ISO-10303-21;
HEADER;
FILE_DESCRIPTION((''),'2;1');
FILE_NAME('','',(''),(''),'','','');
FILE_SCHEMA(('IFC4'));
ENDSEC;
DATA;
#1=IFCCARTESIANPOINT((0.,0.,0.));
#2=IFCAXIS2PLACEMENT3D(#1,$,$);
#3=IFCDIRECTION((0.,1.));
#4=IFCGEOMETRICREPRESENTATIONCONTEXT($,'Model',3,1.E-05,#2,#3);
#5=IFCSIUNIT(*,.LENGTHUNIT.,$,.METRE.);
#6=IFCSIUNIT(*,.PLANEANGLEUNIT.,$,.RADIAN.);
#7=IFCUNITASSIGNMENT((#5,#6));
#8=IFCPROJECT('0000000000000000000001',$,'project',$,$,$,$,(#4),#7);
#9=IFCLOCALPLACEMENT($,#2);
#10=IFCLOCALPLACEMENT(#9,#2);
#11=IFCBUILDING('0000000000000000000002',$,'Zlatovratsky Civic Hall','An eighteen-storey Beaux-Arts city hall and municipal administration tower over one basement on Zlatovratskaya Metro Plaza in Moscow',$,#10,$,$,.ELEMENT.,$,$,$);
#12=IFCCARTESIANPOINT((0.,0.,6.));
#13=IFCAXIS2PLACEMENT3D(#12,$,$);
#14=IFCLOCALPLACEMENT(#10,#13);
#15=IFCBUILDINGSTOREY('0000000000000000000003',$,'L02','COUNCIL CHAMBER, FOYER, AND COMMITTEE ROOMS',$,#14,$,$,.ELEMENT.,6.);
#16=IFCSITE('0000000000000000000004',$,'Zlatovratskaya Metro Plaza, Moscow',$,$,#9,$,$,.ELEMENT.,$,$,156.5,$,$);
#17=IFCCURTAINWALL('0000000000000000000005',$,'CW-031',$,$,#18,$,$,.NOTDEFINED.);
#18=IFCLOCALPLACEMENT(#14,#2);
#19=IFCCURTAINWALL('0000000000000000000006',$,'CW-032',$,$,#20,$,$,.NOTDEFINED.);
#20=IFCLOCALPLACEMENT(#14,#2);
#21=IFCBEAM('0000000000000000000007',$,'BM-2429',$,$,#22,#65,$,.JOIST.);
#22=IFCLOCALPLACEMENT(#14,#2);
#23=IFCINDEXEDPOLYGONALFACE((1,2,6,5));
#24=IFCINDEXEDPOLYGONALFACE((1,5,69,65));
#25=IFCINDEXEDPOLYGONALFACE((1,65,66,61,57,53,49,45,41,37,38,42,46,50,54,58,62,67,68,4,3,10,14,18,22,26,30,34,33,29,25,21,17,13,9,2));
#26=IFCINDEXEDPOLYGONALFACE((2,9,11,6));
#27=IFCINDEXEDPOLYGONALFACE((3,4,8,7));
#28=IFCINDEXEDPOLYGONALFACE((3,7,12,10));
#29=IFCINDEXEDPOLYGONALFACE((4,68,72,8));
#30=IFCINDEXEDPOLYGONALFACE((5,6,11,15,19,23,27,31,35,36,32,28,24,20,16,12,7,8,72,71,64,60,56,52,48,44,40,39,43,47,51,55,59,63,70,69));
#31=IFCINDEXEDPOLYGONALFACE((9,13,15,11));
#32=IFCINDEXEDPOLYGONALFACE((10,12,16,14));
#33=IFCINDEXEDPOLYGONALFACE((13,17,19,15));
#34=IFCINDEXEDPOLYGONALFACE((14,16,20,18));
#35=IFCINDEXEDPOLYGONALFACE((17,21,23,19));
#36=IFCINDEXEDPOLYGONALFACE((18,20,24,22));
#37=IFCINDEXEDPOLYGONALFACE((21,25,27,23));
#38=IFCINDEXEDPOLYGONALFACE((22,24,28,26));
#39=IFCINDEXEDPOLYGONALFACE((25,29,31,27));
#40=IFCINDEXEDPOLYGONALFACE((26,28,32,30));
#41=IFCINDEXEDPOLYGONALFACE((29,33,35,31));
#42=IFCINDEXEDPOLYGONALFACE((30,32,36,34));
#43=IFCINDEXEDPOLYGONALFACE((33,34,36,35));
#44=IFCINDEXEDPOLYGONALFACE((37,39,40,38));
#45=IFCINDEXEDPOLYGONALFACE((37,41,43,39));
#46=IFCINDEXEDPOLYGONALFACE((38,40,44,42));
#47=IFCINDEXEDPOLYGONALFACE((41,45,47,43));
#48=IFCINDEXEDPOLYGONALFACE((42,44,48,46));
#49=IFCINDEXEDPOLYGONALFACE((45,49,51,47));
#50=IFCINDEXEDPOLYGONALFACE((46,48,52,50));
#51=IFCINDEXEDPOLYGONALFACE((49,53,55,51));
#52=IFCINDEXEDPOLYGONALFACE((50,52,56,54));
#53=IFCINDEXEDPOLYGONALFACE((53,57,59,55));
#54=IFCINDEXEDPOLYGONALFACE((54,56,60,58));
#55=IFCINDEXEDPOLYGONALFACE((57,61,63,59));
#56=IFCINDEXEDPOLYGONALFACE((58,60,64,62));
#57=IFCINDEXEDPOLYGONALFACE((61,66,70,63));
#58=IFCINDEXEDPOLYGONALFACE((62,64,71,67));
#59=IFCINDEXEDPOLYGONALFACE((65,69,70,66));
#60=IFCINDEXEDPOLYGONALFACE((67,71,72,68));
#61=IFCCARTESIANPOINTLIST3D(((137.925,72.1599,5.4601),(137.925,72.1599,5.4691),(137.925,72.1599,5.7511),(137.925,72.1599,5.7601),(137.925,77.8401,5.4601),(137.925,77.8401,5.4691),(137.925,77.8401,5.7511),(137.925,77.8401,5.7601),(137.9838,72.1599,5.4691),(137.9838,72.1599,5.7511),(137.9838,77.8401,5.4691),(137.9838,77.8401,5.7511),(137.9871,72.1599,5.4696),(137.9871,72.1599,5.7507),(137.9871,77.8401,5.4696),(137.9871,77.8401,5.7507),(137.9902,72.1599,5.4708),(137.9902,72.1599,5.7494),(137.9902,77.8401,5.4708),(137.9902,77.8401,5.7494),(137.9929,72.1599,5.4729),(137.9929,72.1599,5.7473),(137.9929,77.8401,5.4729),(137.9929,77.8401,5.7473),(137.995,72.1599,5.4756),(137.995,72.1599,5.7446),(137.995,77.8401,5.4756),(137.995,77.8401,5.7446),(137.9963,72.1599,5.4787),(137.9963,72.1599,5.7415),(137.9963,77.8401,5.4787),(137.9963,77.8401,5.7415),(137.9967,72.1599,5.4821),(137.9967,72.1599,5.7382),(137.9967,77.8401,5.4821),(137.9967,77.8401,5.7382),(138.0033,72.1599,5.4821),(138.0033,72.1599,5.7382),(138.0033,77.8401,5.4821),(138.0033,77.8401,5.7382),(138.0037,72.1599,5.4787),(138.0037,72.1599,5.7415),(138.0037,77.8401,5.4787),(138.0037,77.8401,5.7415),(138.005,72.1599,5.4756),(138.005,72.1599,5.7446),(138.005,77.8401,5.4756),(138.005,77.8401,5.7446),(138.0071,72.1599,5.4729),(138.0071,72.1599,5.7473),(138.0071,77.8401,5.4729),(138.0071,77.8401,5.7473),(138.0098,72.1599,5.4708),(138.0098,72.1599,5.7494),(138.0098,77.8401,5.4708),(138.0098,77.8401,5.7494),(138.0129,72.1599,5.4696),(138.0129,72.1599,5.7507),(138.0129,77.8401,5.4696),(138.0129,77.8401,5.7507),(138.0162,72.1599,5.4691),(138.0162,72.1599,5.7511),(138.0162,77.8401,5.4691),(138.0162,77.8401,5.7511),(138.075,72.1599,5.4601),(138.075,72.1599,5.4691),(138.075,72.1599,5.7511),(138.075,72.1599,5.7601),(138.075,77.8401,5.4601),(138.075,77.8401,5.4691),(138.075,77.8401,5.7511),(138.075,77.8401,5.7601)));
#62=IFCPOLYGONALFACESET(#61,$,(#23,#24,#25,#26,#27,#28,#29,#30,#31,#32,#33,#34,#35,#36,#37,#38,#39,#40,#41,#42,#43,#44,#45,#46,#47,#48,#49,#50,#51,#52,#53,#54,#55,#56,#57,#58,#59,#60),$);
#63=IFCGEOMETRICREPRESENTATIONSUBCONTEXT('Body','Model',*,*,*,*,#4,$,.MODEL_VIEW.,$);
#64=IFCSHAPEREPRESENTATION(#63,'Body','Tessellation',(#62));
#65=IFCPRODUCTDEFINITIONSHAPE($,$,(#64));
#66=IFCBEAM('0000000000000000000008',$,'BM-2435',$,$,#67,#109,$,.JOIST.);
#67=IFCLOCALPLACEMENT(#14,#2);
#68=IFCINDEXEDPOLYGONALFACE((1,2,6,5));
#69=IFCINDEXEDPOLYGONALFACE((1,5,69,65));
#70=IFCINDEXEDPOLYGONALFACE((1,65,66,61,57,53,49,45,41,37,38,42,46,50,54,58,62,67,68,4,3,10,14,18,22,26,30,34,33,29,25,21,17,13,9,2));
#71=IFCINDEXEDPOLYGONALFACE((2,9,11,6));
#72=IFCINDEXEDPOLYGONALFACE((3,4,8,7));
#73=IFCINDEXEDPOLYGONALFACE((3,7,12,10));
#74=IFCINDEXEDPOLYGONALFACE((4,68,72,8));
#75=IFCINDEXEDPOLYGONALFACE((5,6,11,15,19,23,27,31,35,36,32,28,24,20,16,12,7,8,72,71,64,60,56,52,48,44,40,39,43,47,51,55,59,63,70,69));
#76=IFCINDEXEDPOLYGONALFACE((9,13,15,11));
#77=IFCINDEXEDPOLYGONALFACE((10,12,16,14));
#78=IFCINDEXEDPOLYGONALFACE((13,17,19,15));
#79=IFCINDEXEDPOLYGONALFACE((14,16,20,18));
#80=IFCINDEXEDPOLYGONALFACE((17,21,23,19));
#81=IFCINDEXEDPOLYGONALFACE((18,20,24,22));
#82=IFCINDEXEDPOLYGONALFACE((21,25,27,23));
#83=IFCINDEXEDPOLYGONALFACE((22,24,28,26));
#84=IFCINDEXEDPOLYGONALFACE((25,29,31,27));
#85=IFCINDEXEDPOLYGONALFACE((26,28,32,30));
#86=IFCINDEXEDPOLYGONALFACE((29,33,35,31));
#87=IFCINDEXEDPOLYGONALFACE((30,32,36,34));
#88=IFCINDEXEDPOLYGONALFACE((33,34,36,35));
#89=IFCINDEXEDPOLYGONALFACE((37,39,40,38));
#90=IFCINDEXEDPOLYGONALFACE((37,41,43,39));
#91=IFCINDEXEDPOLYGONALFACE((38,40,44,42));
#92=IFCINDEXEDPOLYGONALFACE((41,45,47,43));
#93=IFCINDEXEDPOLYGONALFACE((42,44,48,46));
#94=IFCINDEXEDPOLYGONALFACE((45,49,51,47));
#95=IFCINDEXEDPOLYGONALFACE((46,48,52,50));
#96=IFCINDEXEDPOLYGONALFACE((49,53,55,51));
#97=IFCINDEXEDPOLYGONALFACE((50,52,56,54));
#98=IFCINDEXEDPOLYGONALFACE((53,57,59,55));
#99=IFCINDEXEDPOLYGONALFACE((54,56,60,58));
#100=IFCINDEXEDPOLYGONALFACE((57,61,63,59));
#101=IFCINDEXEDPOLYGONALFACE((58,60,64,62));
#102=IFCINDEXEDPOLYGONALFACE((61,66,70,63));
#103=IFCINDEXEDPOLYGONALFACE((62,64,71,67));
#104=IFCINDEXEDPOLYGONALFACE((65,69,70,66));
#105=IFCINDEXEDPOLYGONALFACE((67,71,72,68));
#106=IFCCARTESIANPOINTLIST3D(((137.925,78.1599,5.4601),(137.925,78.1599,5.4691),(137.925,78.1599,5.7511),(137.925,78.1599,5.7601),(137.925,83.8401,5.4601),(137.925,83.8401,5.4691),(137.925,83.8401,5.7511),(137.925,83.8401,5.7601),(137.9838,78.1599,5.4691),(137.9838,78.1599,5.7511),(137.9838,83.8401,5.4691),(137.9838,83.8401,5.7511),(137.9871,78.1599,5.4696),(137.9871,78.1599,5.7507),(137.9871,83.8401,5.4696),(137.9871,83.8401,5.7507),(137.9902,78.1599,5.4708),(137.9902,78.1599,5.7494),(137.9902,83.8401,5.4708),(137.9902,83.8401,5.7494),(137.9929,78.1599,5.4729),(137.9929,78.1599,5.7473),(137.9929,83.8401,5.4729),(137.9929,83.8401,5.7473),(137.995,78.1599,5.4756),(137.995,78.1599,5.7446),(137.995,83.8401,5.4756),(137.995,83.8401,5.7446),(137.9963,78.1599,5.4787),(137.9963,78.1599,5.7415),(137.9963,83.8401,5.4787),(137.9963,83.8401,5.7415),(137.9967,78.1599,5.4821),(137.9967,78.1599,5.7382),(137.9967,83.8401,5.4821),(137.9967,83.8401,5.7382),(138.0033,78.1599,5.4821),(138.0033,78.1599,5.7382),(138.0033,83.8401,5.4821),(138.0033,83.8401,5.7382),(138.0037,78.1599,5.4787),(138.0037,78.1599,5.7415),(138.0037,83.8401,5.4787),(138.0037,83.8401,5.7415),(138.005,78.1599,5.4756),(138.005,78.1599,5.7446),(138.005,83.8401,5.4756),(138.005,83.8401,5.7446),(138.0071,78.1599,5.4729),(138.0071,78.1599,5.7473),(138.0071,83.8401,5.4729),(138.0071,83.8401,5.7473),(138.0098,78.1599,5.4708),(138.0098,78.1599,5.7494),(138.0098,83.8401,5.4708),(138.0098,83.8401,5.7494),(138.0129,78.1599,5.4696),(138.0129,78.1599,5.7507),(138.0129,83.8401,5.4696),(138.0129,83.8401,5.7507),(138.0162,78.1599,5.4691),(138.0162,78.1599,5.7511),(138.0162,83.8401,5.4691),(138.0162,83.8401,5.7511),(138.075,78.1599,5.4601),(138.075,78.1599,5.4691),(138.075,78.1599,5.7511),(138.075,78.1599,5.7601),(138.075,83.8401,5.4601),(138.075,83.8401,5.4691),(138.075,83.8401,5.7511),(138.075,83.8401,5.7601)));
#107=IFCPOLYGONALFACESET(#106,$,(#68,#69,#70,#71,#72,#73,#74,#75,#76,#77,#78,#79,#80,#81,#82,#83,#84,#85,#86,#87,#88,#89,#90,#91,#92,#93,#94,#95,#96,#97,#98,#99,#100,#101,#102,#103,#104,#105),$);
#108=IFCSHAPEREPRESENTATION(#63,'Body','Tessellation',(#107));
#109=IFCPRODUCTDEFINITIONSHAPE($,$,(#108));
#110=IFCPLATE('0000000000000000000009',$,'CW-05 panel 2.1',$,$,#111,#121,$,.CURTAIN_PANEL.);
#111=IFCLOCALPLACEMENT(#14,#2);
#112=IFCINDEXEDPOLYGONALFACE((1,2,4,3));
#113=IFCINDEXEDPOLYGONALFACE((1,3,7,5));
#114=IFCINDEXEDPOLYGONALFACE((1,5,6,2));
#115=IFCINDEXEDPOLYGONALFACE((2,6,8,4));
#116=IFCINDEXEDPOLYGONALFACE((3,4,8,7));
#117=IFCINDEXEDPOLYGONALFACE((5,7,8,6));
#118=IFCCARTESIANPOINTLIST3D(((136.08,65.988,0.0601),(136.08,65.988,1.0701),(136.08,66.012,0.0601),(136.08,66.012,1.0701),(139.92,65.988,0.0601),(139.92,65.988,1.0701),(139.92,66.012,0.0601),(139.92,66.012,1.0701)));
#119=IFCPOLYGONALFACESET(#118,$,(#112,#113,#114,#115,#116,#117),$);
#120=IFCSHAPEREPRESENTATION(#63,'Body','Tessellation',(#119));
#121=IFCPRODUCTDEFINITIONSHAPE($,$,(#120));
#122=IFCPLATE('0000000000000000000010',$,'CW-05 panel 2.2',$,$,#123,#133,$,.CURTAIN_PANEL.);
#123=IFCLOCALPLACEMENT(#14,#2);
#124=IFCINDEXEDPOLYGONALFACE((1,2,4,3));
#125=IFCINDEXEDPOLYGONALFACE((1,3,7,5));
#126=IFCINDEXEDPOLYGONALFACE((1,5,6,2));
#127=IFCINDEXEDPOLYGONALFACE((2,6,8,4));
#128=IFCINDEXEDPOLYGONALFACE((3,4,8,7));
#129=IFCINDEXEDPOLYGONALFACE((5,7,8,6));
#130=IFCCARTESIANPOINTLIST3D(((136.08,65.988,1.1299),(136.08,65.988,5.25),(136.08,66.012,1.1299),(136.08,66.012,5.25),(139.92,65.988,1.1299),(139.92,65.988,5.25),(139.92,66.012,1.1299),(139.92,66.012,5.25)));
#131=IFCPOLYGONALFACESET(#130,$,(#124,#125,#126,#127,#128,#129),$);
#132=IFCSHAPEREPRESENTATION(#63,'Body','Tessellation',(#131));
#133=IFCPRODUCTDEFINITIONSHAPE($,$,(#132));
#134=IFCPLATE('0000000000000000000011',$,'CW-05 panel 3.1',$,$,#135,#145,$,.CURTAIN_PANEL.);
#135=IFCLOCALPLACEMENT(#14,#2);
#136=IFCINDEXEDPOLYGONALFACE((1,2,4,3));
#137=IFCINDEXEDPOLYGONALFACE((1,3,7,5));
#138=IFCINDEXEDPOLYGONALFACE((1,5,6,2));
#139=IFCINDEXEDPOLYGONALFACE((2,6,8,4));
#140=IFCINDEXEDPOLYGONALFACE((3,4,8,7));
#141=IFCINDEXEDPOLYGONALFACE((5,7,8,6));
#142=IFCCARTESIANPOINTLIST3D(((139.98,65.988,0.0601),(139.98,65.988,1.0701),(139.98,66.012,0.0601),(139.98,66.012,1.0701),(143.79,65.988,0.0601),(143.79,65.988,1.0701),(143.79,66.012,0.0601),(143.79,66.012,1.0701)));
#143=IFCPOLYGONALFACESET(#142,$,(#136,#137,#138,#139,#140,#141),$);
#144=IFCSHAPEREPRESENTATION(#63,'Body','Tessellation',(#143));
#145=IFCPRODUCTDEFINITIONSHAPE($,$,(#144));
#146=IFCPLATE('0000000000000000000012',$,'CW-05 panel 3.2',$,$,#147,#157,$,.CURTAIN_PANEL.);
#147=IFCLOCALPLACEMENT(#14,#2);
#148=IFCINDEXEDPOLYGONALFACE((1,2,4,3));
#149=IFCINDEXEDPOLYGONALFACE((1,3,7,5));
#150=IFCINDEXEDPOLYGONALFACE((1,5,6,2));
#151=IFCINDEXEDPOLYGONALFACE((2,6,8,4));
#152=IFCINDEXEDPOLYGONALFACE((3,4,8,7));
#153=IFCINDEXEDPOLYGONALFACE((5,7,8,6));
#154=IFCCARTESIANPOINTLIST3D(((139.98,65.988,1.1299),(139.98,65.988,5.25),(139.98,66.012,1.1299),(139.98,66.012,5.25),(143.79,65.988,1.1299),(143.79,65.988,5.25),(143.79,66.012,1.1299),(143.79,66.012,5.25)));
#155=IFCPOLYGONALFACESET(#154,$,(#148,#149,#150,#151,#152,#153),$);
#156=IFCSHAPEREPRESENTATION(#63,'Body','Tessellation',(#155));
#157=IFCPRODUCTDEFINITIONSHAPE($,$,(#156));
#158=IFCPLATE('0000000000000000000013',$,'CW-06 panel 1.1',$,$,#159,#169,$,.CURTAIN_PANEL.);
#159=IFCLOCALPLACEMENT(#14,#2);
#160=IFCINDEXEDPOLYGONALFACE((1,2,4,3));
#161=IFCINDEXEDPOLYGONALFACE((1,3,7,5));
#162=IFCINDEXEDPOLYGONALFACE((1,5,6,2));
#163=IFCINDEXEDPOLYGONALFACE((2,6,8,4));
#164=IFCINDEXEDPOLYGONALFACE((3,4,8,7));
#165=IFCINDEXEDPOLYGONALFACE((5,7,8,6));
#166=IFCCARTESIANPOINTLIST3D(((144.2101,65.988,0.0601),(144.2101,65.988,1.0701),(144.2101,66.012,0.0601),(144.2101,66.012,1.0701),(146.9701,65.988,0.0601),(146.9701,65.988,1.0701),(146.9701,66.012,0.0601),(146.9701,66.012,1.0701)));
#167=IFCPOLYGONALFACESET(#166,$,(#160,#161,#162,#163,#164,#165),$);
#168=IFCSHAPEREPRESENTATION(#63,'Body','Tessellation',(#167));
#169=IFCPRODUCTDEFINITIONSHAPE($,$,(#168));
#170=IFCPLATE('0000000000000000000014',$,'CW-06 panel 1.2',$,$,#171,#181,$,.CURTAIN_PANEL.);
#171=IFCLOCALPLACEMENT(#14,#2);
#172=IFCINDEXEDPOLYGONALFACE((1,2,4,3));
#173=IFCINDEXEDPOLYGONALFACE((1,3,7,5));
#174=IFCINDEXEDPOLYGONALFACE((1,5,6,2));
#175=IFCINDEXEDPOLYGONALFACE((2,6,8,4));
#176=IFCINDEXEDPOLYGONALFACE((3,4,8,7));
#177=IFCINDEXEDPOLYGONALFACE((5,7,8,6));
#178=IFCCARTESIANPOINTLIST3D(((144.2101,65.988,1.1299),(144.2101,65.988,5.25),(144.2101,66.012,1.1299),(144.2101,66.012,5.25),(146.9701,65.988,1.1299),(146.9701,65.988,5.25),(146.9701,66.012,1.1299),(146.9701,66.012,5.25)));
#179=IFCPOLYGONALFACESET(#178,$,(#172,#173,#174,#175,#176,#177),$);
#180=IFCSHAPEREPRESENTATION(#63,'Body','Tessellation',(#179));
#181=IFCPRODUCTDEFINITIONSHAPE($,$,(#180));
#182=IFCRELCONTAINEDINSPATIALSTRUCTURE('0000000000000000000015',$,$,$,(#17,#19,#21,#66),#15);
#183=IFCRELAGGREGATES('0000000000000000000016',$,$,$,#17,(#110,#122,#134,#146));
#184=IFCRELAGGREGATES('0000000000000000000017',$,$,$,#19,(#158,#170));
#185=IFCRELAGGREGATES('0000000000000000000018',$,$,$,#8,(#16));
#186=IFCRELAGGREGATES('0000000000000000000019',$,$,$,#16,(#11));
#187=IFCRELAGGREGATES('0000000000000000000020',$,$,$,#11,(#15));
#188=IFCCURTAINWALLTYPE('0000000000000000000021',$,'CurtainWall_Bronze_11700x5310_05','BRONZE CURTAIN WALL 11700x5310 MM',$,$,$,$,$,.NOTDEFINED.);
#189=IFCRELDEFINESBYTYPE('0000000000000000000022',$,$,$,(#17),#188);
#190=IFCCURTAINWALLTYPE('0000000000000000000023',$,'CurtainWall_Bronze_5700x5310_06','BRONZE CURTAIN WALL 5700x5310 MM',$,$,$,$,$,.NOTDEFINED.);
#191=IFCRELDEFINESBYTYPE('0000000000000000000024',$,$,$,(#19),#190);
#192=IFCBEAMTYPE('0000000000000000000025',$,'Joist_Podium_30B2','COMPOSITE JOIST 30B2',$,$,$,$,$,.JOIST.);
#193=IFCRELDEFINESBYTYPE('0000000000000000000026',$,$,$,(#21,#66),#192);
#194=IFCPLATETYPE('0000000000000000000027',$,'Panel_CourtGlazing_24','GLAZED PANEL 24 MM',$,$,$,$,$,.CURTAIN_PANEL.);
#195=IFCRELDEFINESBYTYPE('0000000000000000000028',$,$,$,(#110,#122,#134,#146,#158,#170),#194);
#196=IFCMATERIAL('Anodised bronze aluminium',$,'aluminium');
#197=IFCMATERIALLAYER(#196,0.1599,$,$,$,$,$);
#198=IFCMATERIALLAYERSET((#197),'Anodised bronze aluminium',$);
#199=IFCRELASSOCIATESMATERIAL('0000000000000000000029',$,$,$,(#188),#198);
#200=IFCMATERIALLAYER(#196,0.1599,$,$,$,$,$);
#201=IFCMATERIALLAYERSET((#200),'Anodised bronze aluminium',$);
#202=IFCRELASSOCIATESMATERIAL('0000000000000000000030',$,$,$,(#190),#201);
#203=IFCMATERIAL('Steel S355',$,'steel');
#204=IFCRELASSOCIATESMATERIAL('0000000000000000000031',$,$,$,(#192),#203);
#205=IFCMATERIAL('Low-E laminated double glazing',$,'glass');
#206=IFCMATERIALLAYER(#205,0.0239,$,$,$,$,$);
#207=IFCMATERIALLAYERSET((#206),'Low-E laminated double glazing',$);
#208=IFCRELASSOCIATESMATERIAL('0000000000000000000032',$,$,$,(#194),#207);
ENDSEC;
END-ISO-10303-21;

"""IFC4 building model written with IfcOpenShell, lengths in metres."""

from ifc_helpers import new_model, si_unit, direction, frame, origin, origin_2d, place, context, subcontext, project, spatial, rectangle, i_section, extrude, material, layer, layer_set, material_profile, profile_set, type_object, element, aggregate, save


model = new_model("IFC4")

# Units and contexts
model_context = context("Model", 3, precision=1e-05, world=origin(), true_north=direction((0.0, 1.0)))
body_context = subcontext(model_context, "Body", "Model", "MODEL_VIEW")
ifc_project = project(units=[si_unit("LENGTHUNIT", "METRE"), si_unit("PLANEANGLEUNIT", "RADIAN")], contexts=[model_context])

# Site, building, storey
site_placement = place(None, origin())
site = spatial("IfcSite", under=ifc_project, at=site_placement, Name="Zlatovratskaya Metro Plaza, Moscow", CompositionType="ELEMENT", RefElevation=156.5)
building_placement = place(site_placement, origin())
building = spatial("IfcBuilding", under=site, at=building_placement, Name="Zlatovratsky Civic Hall", Description="An eighteen-storey Beaux-Arts city hall and municipal administration tower over one basement on Zlatovratskaya Metro Plaza in Moscow", CompositionType="ELEMENT")
storey_placement = place(building_placement, frame((0.0, 0.0, 6.0)))
storey = spatial("IfcBuildingStorey", under=building, at=storey_placement, Name="L02", Description="COUNCIL CHAMBER, FOYER, AND COMMITTEE ROOMS", CompositionType="ELEMENT", Elevation=6.0)

# Shared definitions
ifc_material_1 = material(Name="Steel S355", Category="steel")

# Curtain walls
ifc_material_2 = material(Name="Anodised bronze aluminium", Category="aluminium")
ifc_layer_1 = layer(ifc_material_2, 0.1599)
ifc_layer_set_1 = layer_set([ifc_layer_1], Name="Anodised bronze aluminium")
curtain_wall_type_1 = type_object("IfcCurtainWallType", Name="CurtainWall_Bronze_11700x5310_05", Description="BRONZE CURTAIN WALL 11700x5310 MM", PredefinedType="NOTDEFINED", material=ifc_layer_set_1)
curtain_wall_1_placement = place(storey_placement, origin())
curtain_wall_1 = element("IfcCurtainWall", 1, at=curtain_wall_1_placement, inside=storey, type_object=curtain_wall_type_1, Name="CW-031", PredefinedType="NOTDEFINED")
ifc_layer_2 = layer(ifc_material_2, 0.1599)
ifc_layer_set_2 = layer_set([ifc_layer_2], Name="Anodised bronze aluminium")
curtain_wall_type_2 = type_object("IfcCurtainWallType", Name="CurtainWall_Bronze_5700x5310_06", Description="BRONZE CURTAIN WALL 5700x5310 MM", PredefinedType="NOTDEFINED", material=ifc_layer_set_2)
curtain_wall_2_placement = place(storey_placement, origin())
curtain_wall_2 = element("IfcCurtainWall", 2, at=curtain_wall_2_placement, inside=storey, type_object=curtain_wall_type_2, Name="CW-032", PredefinedType="NOTDEFINED")

# Beams
ifc_material_profile_1 = material_profile(ifc_material_1, i_section(OverallWidth=0.1499, OverallDepth=0.3, WebThickness=0.0066, FlangeThickness=0.009, FilletRadius=0.0129, at=origin_2d()), Name="30B2")
ifc_profile_set_1 = profile_set([ifc_material_profile_1], Name="Steel S355")
beam_type_1 = type_object("IfcBeamType", Name="Joist_Podium_30B2", Description="COMPOSITE JOIST 30B2", PredefinedType="JOIST", material=ifc_profile_set_1)
for number, where, z_axis, x_axis, name in (
    (3, (138.0, 72.1599, 5.6101), (0.0, 1.0, 0.0), (-1.0, 0.0, 0.0), "BM-2429"),
    (4, (138.0, 78.1599, 5.6101), (0.0, 1.0, 0.0), (-1.0, 0.0, 0.0), "BM-2435"),
):
    element("IfcBeam", number, at=place(storey_placement, frame(where, z_axis=z_axis, x_axis=x_axis)), inside=storey, type_object=beam_type_1, Name=name, PredefinedType="JOIST", context=body_context, shape_type="SweptSolid", body=[
        extrude(i_section(OverallWidth=0.1499, OverallDepth=0.3, WebThickness=0.0066, FlangeThickness=0.009, FilletRadius=0.0129, at=origin_2d()), origin(), (0.0, 0.0, 1.0), 5.6802),
    ])

# Plates
ifc_material_3 = material(Name="Low-E laminated double glazing", Category="glass")
ifc_layer_3 = layer(ifc_material_3, 0.0239)
ifc_layer_set_3 = layer_set([ifc_layer_3], Name="Low-E laminated double glazing")
plate_type = type_object("IfcPlateType", Name="Panel_CourtGlazing_24", Description="GLAZED PANEL 24 MM", PredefinedType="CURTAIN_PANEL", material=ifc_layer_set_3)
plate_1_placement = place(storey_placement, frame((138.0, 66.0, 0.0601), z_axis=(0.0, 0.0, 1.0), x_axis=(1.0, 0.0, 0.0)))
plate_1 = element("IfcPlate", 5, at=plate_1_placement, type_object=plate_type, Name="CW-05 panel 2.1", PredefinedType="CURTAIN_PANEL", context=body_context, shape_type="SweptSolid", body=[
    extrude(rectangle(XDim=3.8401, YDim=0.0239, at=origin_2d()), origin(), (0.0, 0.0, 1.0), 1.01),
])
plate_2_placement = place(storey_placement, frame((138.0, 66.0, 1.1299), z_axis=(0.0, 0.0, 1.0), x_axis=(1.0, 0.0, 0.0)))
plate_2 = element("IfcPlate", 6, at=plate_2_placement, type_object=plate_type, Name="CW-05 panel 2.2", PredefinedType="CURTAIN_PANEL", context=body_context, shape_type="SweptSolid", body=[
    extrude(rectangle(XDim=3.8401, YDim=0.0239, at=origin_2d()), origin(), (0.0, 0.0, 1.0), 4.1201),
])
plate_3_placement = place(storey_placement, frame((141.885, 66.0, 0.0601), z_axis=(0.0, 0.0, 1.0), x_axis=(1.0, 0.0, 0.0)))
plate_3 = element("IfcPlate", 7, at=plate_3_placement, type_object=plate_type, Name="CW-05 panel 3.1", PredefinedType="CURTAIN_PANEL", context=body_context, shape_type="SweptSolid", body=[
    extrude(rectangle(XDim=3.8101, YDim=0.0239, at=origin_2d()), origin(), (0.0, 0.0, 1.0), 1.01),
])
plate_4_placement = place(storey_placement, frame((141.885, 66.0, 1.1299), z_axis=(0.0, 0.0, 1.0), x_axis=(1.0, 0.0, 0.0)))
plate_4 = element("IfcPlate", 8, at=plate_4_placement, type_object=plate_type, Name="CW-05 panel 3.2", PredefinedType="CURTAIN_PANEL", context=body_context, shape_type="SweptSolid", body=[
    extrude(rectangle(XDim=3.8101, YDim=0.0239, at=origin_2d()), origin(), (0.0, 0.0, 1.0), 4.1201),
])
aggregate(curtain_wall_1, [plate_1, plate_2, plate_3, plate_4])
plate_5_placement = place(storey_placement, frame((145.5901, 66.0, 0.0601), z_axis=(0.0, 0.0, 1.0), x_axis=(1.0, 0.0, 0.0)))
plate_5 = element("IfcPlate", 9, at=plate_5_placement, type_object=plate_type, Name="CW-06 panel 1.1", PredefinedType="CURTAIN_PANEL", context=body_context, shape_type="SweptSolid", body=[
    extrude(rectangle(XDim=2.76, YDim=0.0239, at=origin_2d()), origin(), (0.0, 0.0, 1.0), 1.01),
])
plate_6_placement = place(storey_placement, frame((145.5901, 66.0, 1.1299), z_axis=(0.0, 0.0, 1.0), x_axis=(1.0, 0.0, 0.0)))
plate_6 = element("IfcPlate", 10, at=plate_6_placement, type_object=plate_type, Name="CW-06 panel 1.2", PredefinedType="CURTAIN_PANEL", context=body_context, shape_type="SweptSolid", body=[
    extrude(rectangle(XDim=2.76, YDim=0.0239, at=origin_2d()), origin(), (0.0, 0.0, 1.0), 4.1201),
])
aggregate(curtain_wall_2, [plate_5, plate_6])

save(model, "model.ifc")
